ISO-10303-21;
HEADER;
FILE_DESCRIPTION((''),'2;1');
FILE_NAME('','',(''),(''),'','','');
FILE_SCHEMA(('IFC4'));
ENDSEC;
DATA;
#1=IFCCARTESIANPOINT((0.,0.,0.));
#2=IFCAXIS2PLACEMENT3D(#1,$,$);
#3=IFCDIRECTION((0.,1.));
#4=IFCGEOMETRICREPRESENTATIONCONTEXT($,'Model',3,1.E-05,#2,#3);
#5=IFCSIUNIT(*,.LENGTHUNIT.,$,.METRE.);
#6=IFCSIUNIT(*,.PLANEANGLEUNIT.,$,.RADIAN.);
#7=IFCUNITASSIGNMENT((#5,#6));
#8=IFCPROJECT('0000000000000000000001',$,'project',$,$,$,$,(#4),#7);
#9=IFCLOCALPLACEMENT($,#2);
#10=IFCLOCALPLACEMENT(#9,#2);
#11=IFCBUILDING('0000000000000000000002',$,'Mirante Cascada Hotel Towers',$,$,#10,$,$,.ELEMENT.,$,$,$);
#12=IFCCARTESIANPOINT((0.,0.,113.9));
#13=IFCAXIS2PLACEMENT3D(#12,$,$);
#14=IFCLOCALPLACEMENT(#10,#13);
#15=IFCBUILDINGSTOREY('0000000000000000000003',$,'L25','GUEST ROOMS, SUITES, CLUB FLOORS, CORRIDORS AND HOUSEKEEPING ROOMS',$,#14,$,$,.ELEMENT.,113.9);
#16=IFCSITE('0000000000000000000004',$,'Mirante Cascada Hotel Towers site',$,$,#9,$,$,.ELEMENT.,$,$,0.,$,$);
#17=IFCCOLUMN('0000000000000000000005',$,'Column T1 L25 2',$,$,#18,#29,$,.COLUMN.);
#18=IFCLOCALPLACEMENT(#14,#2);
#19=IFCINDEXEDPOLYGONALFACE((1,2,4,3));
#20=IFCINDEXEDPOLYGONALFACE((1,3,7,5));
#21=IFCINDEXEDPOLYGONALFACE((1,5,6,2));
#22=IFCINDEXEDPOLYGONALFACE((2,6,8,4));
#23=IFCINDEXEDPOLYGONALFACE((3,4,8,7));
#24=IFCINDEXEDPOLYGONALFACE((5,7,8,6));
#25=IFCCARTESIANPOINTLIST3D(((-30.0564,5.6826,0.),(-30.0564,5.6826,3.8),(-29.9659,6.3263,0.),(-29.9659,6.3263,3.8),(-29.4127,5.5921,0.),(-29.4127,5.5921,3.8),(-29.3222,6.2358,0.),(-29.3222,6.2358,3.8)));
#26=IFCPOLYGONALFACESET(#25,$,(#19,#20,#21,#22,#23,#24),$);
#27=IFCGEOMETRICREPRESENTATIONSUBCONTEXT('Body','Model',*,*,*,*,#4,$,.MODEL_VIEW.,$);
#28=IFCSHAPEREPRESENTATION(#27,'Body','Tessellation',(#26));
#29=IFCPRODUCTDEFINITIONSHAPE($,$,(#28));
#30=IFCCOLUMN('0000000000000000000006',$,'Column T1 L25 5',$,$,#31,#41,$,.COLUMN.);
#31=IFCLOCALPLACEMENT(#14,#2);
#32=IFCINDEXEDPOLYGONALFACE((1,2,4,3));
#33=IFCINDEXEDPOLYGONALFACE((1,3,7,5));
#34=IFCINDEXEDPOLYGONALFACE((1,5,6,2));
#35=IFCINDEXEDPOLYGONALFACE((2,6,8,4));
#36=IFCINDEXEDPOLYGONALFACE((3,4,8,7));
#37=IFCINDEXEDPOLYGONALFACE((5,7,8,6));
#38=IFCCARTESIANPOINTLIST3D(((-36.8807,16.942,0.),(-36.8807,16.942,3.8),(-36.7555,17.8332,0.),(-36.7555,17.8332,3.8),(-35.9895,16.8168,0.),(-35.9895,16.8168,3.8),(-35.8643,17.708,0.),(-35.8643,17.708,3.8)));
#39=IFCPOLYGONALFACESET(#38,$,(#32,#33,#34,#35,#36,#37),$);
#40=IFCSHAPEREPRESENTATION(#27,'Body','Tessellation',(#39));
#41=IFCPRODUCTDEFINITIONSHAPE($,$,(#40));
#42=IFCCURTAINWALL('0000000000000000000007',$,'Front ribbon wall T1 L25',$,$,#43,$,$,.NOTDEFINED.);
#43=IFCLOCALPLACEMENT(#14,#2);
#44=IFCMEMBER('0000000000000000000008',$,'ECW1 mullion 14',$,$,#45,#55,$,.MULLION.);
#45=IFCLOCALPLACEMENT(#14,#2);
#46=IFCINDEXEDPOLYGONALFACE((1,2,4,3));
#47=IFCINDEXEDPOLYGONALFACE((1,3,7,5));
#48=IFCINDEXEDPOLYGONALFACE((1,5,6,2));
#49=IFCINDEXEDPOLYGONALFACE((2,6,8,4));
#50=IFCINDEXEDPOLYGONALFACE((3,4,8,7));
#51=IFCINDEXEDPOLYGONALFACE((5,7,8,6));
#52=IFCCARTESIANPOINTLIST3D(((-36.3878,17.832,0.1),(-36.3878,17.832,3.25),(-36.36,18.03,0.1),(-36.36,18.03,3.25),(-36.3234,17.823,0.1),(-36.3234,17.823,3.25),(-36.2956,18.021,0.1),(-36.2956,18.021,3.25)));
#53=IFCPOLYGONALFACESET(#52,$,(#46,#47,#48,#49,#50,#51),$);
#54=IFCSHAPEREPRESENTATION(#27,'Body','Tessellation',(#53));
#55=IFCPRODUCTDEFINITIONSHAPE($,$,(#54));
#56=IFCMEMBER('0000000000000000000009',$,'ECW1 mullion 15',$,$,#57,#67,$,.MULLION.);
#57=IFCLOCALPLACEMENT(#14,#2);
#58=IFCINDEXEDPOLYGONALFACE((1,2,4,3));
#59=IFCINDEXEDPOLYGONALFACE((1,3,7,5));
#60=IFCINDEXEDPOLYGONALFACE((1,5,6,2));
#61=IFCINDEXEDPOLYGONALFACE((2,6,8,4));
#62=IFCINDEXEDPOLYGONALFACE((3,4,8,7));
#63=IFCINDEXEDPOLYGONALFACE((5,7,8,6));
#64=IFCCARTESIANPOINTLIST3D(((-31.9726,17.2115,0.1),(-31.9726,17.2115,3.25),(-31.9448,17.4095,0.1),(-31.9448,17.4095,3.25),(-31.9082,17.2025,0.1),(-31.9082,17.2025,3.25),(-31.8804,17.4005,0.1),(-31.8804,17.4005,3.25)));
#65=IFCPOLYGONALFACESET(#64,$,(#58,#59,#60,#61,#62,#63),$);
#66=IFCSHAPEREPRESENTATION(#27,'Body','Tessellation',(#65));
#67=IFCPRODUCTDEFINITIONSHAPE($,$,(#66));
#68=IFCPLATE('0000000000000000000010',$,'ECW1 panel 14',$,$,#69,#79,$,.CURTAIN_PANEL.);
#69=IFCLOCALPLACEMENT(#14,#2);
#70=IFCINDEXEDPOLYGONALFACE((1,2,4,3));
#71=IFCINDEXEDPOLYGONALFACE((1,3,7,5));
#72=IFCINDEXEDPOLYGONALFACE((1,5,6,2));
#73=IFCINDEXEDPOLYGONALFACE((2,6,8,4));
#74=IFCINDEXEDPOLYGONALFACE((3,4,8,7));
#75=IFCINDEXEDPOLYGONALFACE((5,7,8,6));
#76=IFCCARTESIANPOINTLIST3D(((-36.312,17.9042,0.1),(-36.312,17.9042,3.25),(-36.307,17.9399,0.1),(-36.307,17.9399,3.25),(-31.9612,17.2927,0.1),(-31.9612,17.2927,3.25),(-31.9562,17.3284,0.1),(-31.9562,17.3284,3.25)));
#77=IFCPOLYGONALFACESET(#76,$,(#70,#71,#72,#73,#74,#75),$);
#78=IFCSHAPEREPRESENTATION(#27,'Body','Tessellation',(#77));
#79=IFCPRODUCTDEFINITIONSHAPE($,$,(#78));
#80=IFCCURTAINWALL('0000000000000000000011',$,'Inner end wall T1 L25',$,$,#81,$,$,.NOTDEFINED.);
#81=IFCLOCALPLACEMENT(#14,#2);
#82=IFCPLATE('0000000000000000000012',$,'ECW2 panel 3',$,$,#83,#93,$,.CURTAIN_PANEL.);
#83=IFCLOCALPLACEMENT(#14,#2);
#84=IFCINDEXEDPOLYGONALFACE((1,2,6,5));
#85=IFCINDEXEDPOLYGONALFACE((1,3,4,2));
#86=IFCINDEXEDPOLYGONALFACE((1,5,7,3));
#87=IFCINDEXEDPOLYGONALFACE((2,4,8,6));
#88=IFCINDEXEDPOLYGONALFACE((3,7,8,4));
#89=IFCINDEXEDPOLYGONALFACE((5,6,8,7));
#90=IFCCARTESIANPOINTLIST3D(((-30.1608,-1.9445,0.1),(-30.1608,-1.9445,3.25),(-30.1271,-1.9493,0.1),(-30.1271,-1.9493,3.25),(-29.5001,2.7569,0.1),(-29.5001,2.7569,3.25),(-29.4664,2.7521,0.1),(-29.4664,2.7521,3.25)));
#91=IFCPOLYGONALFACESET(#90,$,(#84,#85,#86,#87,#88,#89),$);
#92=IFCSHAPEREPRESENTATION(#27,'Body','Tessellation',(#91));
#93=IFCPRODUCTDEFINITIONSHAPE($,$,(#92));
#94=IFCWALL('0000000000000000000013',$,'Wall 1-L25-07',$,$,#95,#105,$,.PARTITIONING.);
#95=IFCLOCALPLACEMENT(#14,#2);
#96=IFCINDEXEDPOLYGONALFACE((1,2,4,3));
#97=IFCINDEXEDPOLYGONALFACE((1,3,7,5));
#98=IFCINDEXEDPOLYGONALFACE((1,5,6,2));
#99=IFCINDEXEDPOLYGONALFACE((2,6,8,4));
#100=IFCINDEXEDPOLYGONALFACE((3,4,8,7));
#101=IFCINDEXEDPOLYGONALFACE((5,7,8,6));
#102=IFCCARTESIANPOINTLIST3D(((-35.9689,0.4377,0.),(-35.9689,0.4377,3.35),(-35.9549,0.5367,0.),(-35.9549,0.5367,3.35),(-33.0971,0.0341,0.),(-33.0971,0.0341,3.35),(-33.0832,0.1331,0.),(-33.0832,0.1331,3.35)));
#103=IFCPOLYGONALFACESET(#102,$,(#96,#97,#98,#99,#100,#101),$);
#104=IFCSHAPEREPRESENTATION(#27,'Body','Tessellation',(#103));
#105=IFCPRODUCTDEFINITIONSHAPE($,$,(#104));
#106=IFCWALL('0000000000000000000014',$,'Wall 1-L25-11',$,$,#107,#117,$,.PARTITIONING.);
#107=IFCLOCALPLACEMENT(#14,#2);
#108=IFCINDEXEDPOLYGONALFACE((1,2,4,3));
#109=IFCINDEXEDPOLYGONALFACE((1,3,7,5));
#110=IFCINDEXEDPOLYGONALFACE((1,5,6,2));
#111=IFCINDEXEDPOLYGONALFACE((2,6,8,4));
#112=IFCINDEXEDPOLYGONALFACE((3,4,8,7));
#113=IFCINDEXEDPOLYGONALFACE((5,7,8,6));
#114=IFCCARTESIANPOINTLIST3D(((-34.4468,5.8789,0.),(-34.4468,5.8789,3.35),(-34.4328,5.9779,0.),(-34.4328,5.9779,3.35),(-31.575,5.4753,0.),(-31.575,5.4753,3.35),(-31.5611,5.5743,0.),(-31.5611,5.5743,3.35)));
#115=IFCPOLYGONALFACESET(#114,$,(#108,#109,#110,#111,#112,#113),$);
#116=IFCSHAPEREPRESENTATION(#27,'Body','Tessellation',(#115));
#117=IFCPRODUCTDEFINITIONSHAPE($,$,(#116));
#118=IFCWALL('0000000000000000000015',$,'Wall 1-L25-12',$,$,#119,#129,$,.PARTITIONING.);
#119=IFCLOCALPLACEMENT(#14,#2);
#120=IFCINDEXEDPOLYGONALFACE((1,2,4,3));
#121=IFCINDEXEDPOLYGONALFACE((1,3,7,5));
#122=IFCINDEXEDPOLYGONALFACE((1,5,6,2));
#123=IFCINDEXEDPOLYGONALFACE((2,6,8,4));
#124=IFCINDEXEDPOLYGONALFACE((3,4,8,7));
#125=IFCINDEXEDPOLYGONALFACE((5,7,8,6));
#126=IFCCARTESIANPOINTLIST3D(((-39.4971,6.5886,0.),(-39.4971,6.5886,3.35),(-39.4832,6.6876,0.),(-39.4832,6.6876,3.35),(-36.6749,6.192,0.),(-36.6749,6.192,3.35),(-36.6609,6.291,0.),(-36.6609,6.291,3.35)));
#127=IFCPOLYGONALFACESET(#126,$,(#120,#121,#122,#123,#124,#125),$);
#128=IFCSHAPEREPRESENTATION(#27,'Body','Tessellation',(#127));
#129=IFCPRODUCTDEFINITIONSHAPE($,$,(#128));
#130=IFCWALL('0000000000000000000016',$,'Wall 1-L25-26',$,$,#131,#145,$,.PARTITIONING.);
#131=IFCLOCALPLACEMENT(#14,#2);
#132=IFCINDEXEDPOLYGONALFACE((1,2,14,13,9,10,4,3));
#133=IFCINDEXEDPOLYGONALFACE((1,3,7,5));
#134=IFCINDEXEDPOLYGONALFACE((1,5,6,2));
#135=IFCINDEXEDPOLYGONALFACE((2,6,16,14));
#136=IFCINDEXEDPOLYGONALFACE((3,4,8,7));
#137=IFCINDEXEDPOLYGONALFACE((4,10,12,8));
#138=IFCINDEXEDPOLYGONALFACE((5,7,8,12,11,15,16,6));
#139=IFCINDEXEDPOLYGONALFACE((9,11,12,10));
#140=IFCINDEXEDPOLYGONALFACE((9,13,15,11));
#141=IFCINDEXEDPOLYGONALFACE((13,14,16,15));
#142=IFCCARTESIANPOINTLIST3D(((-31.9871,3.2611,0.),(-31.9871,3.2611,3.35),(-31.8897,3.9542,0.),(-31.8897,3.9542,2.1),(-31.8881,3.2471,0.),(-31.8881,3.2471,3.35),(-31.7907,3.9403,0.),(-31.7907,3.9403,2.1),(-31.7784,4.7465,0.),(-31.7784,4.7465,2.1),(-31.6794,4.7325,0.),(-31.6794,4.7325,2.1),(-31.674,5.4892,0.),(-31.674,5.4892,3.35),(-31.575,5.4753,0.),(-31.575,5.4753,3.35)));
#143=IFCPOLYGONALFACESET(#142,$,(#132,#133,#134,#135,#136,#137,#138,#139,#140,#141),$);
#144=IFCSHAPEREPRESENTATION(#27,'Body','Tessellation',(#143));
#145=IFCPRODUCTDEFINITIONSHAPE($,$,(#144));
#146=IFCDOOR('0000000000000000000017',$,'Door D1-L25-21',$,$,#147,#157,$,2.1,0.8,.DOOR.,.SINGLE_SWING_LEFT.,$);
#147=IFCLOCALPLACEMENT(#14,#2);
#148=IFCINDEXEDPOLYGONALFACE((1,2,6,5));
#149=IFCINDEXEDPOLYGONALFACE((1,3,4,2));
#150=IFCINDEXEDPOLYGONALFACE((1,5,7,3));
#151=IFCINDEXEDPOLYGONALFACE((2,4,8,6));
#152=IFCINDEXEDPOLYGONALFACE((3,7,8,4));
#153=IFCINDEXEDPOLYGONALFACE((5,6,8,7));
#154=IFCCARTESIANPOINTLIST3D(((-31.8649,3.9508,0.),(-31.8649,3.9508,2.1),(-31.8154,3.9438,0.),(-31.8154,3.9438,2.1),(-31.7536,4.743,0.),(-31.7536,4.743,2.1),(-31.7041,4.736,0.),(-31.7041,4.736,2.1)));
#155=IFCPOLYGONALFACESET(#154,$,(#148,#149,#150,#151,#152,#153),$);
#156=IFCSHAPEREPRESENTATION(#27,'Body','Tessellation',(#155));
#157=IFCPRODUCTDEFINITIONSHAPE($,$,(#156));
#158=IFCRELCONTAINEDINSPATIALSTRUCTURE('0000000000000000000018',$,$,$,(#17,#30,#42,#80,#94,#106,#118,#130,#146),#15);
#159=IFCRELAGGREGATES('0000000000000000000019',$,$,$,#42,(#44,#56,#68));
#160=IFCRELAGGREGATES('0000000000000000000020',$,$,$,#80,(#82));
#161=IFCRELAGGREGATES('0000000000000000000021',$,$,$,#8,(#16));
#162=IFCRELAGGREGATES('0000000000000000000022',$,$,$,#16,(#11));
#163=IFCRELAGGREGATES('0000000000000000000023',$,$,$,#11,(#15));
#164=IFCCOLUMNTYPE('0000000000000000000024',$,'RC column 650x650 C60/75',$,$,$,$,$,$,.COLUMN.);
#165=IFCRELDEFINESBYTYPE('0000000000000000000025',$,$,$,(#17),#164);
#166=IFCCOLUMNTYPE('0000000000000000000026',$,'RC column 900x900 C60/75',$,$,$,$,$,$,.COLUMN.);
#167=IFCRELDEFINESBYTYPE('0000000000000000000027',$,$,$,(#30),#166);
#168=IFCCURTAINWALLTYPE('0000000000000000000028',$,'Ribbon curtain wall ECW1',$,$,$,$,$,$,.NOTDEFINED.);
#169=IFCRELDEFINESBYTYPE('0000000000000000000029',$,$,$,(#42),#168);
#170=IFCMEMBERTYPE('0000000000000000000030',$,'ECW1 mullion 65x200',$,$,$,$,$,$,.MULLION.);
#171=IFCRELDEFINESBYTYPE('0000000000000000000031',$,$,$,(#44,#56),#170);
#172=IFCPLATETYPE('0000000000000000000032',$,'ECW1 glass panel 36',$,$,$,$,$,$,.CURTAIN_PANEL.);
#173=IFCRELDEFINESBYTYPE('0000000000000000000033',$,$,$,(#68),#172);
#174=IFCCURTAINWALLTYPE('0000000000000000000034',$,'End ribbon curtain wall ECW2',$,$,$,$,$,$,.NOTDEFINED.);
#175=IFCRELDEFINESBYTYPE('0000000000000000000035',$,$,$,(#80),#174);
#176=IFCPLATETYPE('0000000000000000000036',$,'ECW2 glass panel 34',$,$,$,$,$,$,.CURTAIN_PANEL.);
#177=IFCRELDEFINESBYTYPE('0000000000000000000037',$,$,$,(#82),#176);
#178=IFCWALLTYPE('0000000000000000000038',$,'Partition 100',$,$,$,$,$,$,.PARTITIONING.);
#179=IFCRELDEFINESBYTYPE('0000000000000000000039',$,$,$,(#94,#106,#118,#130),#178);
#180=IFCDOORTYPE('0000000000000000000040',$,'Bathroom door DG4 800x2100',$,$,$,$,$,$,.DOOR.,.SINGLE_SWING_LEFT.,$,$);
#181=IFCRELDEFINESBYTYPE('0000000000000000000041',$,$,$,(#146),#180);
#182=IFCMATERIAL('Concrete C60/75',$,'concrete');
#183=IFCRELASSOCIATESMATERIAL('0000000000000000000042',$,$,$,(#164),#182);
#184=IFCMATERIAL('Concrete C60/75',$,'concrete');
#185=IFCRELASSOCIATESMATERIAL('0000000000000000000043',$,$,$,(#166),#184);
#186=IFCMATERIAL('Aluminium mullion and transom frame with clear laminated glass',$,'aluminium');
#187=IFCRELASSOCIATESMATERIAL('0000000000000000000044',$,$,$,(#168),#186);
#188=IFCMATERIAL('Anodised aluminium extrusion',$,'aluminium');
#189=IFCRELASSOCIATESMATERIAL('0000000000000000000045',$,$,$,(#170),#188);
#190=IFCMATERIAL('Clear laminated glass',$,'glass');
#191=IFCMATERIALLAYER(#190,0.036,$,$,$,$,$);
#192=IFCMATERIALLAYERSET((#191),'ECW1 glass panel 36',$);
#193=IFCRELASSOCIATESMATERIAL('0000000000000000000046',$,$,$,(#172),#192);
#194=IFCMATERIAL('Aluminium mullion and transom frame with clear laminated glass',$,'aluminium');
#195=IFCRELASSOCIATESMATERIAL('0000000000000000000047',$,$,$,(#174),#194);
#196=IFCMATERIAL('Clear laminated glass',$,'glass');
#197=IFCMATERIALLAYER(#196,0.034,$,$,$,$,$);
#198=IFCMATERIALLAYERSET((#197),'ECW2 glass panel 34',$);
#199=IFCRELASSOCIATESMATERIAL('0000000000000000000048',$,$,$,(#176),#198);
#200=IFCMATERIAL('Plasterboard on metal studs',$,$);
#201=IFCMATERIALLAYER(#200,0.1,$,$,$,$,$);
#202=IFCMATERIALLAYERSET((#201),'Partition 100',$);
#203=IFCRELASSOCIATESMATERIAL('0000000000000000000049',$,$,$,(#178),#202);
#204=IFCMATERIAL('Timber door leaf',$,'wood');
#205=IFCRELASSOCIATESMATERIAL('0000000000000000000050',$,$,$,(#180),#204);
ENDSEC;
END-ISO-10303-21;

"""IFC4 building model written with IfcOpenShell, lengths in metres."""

from ifc_helpers import new_model, si_unit, direction, frame, frame_2d, origin, origin_2d, place, context, subcontext, project, spatial, rectangle, extrude, material, layer, layer_set, material_profile, profile_set, type_object, element, fill, aggregate, save


model = new_model("IFC4")

# Units and contexts
model_context = context("Model", 3, precision=1e-05, world=origin(), true_north=direction((0.0, 1.0)))
body_context = subcontext(model_context, "Body", "Model", "MODEL_VIEW")
ifc_project = project(units=[si_unit("LENGTHUNIT", "METRE"), si_unit("PLANEANGLEUNIT", "RADIAN")], contexts=[model_context])

# Site, building, storey
site_placement = place(None, origin())
site = spatial("IfcSite", under=ifc_project, at=site_placement, Name="Mirante Cascada Hotel Towers site", CompositionType="ELEMENT", RefElevation=0.0)
building_placement = place(site_placement, origin())
building = spatial("IfcBuilding", under=site, at=building_placement, Name="Mirante Cascada Hotel Towers", CompositionType="ELEMENT")
storey_placement = place(building_placement, frame((0.0, 0.0, 113.9)))
storey = spatial("IfcBuildingStorey", under=building, at=storey_placement, Name="L25", Description="GUEST ROOMS, SUITES, CLUB FLOORS, CORRIDORS AND HOUSEKEEPING ROOMS", CompositionType="ELEMENT", Elevation=113.9)

# Columns
ifc_material_1 = material(Name="Concrete C60/75", Category="concrete")
ifc_material_profile_1 = material_profile(ifc_material_1, rectangle(XDim=0.65, YDim=0.65, at=origin_2d()), Name="RC column 650x650 C60/75")
ifc_profile_set_1 = profile_set([ifc_material_profile_1], Name="Concrete C60/75")
column_type_1 = type_object("IfcColumnType", Name="RC column 650x650 C60/75", PredefinedType="COLUMN", material=ifc_profile_set_1)
column_1_placement = place(storey_placement, frame((-29.6893, 5.9592, 0.0), z_axis=(0.0, 0.0, 1.0), x_axis=(-0.990268, 0.139173, 0.0)))
element("IfcColumn", 1, at=column_1_placement, inside=storey, type_object=column_type_1, Name="Column T1 L25 2", PredefinedType="COLUMN", context=body_context, shape_type="SweptSolid", body=[
    extrude(rectangle(XDim=0.65, YDim=0.65, at=origin_2d()), origin(), (0.0, 0.0, 1.0), 3.8),
])
ifc_material_2 = material(Name="Concrete C60/75", Category="concrete")
ifc_material_profile_2 = material_profile(ifc_material_2, rectangle(XDim=0.9, YDim=0.9, at=origin_2d()), Name="RC column 900x900 C60/75")
ifc_profile_set_2 = profile_set([ifc_material_profile_2], Name="Concrete C60/75")
column_type_2 = type_object("IfcColumnType", Name="RC column 900x900 C60/75", PredefinedType="COLUMN", material=ifc_profile_set_2)
column_2_placement = place(storey_placement, frame((-36.3725, 17.325, 0.0), z_axis=(0.0, 0.0, 1.0), x_axis=(-0.990268, 0.139173, 0.0)))
element("IfcColumn", 2, at=column_2_placement, inside=storey, type_object=column_type_2, Name="Column T1 L25 5", PredefinedType="COLUMN", context=body_context, shape_type="SweptSolid", body=[
    extrude(rectangle(XDim=0.9, YDim=0.9, at=origin_2d()), origin(), (0.0, 0.0, 1.0), 3.8),
])

# Curtain wall, members, plate
ifc_material_3 = material(Name="Aluminium mullion and transom frame with clear laminated glass", Category="aluminium")
curtain_wall_type_1 = type_object("IfcCurtainWallType", Name="Ribbon curtain wall ECW1", PredefinedType="NOTDEFINED", material=ifc_material_3)
curtain_wall_1_placement = place(storey_placement, origin())
curtain_wall_1 = element("IfcCurtainWall", 3, at=curtain_wall_1_placement, inside=storey, type_object=curtain_wall_type_1, Name="Front ribbon wall T1 L25", PredefinedType="NOTDEFINED")
ifc_material_4 = material(Name="Anodised aluminium extrusion", Category="aluminium")
ifc_material_profile_3 = material_profile(ifc_material_4, rectangle(XDim=0.2, YDim=0.065, at=origin_2d()), Name="ECW1 MULLION 65x200")
ifc_profile_set_3 = profile_set([ifc_material_profile_3], Name="Anodised aluminium extrusion")
member_type = type_object("IfcMemberType", Name="ECW1 mullion 65x200", PredefinedType="MULLION", material=ifc_profile_set_3)
member_1_placement = place(storey_placement, frame((-36.3417, 17.9265, 0.1), z_axis=(0.0, 0.0, 1.0), x_axis=(0.139173, 0.990268, 0.0)))
member_1 = element("IfcMember", 4, at=member_1_placement, type_object=member_type, Name="ECW1 mullion 14", PredefinedType="MULLION", context=body_context, shape_type="SweptSolid", body=[
    extrude(rectangle(XDim=0.2, YDim=0.065, at=origin_2d()), origin(), (0.0, 0.0, 1.0), 3.15),
])
member_2_placement = place(storey_placement, frame((-31.9265, 17.306, 0.1), z_axis=(0.0, 0.0, 1.0), x_axis=(0.139173, 0.990268, 0.0)))
member_2 = element("IfcMember", 5, at=member_2_placement, type_object=member_type, Name="ECW1 mullion 15", PredefinedType="MULLION", context=body_context, shape_type="SweptSolid", body=[
    extrude(rectangle(XDim=0.2, YDim=0.065, at=origin_2d()), origin(), (0.0, 0.0, 1.0), 3.15),
])
ifc_material_5 = material(Name="Clear laminated glass", Category="glass")
ifc_layer_1 = layer(ifc_material_5, 0.036)
ifc_layer_set_1 = layer_set([ifc_layer_1], Name="ECW1 glass panel 36")
plate_type_1 = type_object("IfcPlateType", Name="ECW1 glass panel 36", PredefinedType="CURTAIN_PANEL", material=ifc_layer_set_1)
plate_1_placement = place(storey_placement, frame((-34.1341, 17.6163, 0.1), z_axis=(0.0, 0.0, 1.0), x_axis=(0.990268, -0.139173, 0.0)))
plate_1 = element("IfcPlate", 6, at=plate_1_placement, type_object=plate_type_1, Name="ECW1 panel 14", PredefinedType="CURTAIN_PANEL", context=body_context, shape_type="SweptSolid", body=[
    extrude(rectangle(XDim=4.3936, YDim=0.036, at=origin_2d()), origin(), (0.0, 0.0, 1.0), 3.15),
])
aggregate(curtain_wall_1, [member_1, member_2, plate_1])

# Curtain wall, plate
ifc_material_6 = material(Name="Aluminium mullion and transom frame with clear laminated glass", Category="aluminium")
curtain_wall_type_2 = type_object("IfcCurtainWallType", Name="End ribbon curtain wall ECW2", PredefinedType="NOTDEFINED", material=ifc_material_6)
curtain_wall_2_placement = place(storey_placement, origin())
curtain_wall_2 = element("IfcCurtainWall", 7, at=curtain_wall_2_placement, inside=storey, type_object=curtain_wall_type_2, Name="Inner end wall T1 L25", PredefinedType="NOTDEFINED")
ifc_material_7 = material(Name="Clear laminated glass", Category="glass")
ifc_layer_2 = layer(ifc_material_7, 0.034)
ifc_layer_set_2 = layer_set([ifc_layer_2], Name="ECW2 glass panel 34")
plate_type_2 = type_object("IfcPlateType", Name="ECW2 glass panel 34", PredefinedType="CURTAIN_PANEL", material=ifc_layer_set_2)
plate_2_placement = place(storey_placement, frame((-29.8136, 0.4038, 0.1), z_axis=(0.0, 0.0, 1.0), x_axis=(-0.139173, -0.990268, 0.0)))
plate_2 = element("IfcPlate", 8, at=plate_2_placement, type_object=plate_type_2, Name="ECW2 panel 3", PredefinedType="CURTAIN_PANEL", context=body_context, shape_type="SweptSolid", body=[
    extrude(rectangle(XDim=4.7476, YDim=0.034, at=origin_2d()), origin(), (0.0, 0.0, 1.0), 3.15),
])
aggregate(curtain_wall_2, [plate_2])

# Walls
ifc_material_8 = material(Name="Plasterboard on metal studs")
ifc_layer_3 = layer(ifc_material_8, 0.1)
ifc_layer_set_3 = layer_set([ifc_layer_3], Name="Partition 100")
wall_type_1 = type_object("IfcWallType", Name="Partition 100", PredefinedType="PARTITIONING", material=ifc_layer_set_3)
for number, where, z_axis, x_axis, name in (
    (9, (-35.9619, 0.4872, 0.0), (0.0, 0.0, 1.0), (0.990268, -0.139171, 0.0), "Wall 1-L25-07"),
    (10, (-34.4398, 5.9284, 0.0), (0.0, 0.0, 1.0), (0.990268, -0.139171, 0.0), "Wall 1-L25-11"),
):
    element("IfcWall", number, at=place(storey_placement, frame(where, z_axis=z_axis, x_axis=x_axis)), inside=storey, type_object=wall_type_1, Name=name, PredefinedType="PARTITIONING", context=body_context, shape_type="SweptSolid", body=[
        extrude(rectangle(XDim=2.9, YDim=0.1, at=frame_2d((1.45, 0.0))), origin(), (0.0, 0.0, 1.0), 3.35),
    ])
wall_1_placement = place(storey_placement, frame((-36.6679, 6.2415, 0.0), z_axis=(0.0, 0.0, 1.0), x_axis=(-0.99027, 0.139156, 0.0)))
element("IfcWall", 11, at=wall_1_placement, inside=storey, type_object=wall_type_1, Name="Wall 1-L25-12", PredefinedType="PARTITIONING", context=body_context, shape_type="SweptSolid", body=[
    extrude(rectangle(XDim=2.85, YDim=0.1, at=frame_2d((1.425, 0.0))), origin(), (0.0, 0.0, 1.0), 3.35),
])

# Wall, opening, door
wall_2_placement = place(storey_placement, frame((-31.9376, 3.2541, 0.0), z_axis=(0.0, 0.0, 1.0), x_axis=(0.139156, 0.990271, 0.0)))
wall_2 = element("IfcWall", 12, at=wall_2_placement, inside=storey, type_object=wall_type_1, Name="Wall 1-L25-26", PredefinedType="PARTITIONING", context=body_context, shape_type="SweptSolid", body=[
    extrude(rectangle(XDim=2.25, YDim=0.1, at=frame_2d((1.125, 0.0))), origin(), (0.0, 0.0, 1.0), 3.35),
])
opening_1_placement = place(wall_2_placement, frame((0.7, 0.0, 0.0)))
opening_1 = element("IfcOpeningElement", 13, at=opening_1_placement, cuts=wall_2, PredefinedType="OPENING", context=body_context, shape_type="SweptSolid", body=[
    extrude(rectangle(XDim=0.8, YDim=2.1, at=frame_2d((0.4, 1.05))), frame((0.0, 0.05, 0.0), z_axis=(0.0, -1.0, 0.0), x_axis=(1.0, 0.0, 0.0)), (0.0, 0.0, 1.0), 0.1),
])
ifc_material_9 = material(Name="Timber door leaf", Category="wood")
door_type_1 = type_object("IfcDoorType", Name="Bathroom door DG4 800x2100", OperationType="SINGLE_SWING_LEFT", PredefinedType="DOOR", material=ifc_material_9)
door_1_placement = place(opening_1_placement, origin())
door_1 = element("IfcDoor", 14, at=door_1_placement, inside=storey, type_object=door_type_1, Name="Door D1-L25-21", OperationType="SINGLE_SWING_LEFT", OverallHeight=2.1, OverallWidth=0.8, PredefinedType="DOOR", context=body_context, shape_type="SweptSolid", body=[
    extrude(rectangle(XDim=0.8, YDim=2.1, at=frame_2d((0.4, 1.05))), frame((0.0, 0.025, 0.0), z_axis=(0.0, -1.0, 0.0), x_axis=(1.0, 0.0, 0.0)), (0.0, 0.0, 1.0), 0.05),
])
fill(opening_1, door_1)

save(model, "model.ifc")
